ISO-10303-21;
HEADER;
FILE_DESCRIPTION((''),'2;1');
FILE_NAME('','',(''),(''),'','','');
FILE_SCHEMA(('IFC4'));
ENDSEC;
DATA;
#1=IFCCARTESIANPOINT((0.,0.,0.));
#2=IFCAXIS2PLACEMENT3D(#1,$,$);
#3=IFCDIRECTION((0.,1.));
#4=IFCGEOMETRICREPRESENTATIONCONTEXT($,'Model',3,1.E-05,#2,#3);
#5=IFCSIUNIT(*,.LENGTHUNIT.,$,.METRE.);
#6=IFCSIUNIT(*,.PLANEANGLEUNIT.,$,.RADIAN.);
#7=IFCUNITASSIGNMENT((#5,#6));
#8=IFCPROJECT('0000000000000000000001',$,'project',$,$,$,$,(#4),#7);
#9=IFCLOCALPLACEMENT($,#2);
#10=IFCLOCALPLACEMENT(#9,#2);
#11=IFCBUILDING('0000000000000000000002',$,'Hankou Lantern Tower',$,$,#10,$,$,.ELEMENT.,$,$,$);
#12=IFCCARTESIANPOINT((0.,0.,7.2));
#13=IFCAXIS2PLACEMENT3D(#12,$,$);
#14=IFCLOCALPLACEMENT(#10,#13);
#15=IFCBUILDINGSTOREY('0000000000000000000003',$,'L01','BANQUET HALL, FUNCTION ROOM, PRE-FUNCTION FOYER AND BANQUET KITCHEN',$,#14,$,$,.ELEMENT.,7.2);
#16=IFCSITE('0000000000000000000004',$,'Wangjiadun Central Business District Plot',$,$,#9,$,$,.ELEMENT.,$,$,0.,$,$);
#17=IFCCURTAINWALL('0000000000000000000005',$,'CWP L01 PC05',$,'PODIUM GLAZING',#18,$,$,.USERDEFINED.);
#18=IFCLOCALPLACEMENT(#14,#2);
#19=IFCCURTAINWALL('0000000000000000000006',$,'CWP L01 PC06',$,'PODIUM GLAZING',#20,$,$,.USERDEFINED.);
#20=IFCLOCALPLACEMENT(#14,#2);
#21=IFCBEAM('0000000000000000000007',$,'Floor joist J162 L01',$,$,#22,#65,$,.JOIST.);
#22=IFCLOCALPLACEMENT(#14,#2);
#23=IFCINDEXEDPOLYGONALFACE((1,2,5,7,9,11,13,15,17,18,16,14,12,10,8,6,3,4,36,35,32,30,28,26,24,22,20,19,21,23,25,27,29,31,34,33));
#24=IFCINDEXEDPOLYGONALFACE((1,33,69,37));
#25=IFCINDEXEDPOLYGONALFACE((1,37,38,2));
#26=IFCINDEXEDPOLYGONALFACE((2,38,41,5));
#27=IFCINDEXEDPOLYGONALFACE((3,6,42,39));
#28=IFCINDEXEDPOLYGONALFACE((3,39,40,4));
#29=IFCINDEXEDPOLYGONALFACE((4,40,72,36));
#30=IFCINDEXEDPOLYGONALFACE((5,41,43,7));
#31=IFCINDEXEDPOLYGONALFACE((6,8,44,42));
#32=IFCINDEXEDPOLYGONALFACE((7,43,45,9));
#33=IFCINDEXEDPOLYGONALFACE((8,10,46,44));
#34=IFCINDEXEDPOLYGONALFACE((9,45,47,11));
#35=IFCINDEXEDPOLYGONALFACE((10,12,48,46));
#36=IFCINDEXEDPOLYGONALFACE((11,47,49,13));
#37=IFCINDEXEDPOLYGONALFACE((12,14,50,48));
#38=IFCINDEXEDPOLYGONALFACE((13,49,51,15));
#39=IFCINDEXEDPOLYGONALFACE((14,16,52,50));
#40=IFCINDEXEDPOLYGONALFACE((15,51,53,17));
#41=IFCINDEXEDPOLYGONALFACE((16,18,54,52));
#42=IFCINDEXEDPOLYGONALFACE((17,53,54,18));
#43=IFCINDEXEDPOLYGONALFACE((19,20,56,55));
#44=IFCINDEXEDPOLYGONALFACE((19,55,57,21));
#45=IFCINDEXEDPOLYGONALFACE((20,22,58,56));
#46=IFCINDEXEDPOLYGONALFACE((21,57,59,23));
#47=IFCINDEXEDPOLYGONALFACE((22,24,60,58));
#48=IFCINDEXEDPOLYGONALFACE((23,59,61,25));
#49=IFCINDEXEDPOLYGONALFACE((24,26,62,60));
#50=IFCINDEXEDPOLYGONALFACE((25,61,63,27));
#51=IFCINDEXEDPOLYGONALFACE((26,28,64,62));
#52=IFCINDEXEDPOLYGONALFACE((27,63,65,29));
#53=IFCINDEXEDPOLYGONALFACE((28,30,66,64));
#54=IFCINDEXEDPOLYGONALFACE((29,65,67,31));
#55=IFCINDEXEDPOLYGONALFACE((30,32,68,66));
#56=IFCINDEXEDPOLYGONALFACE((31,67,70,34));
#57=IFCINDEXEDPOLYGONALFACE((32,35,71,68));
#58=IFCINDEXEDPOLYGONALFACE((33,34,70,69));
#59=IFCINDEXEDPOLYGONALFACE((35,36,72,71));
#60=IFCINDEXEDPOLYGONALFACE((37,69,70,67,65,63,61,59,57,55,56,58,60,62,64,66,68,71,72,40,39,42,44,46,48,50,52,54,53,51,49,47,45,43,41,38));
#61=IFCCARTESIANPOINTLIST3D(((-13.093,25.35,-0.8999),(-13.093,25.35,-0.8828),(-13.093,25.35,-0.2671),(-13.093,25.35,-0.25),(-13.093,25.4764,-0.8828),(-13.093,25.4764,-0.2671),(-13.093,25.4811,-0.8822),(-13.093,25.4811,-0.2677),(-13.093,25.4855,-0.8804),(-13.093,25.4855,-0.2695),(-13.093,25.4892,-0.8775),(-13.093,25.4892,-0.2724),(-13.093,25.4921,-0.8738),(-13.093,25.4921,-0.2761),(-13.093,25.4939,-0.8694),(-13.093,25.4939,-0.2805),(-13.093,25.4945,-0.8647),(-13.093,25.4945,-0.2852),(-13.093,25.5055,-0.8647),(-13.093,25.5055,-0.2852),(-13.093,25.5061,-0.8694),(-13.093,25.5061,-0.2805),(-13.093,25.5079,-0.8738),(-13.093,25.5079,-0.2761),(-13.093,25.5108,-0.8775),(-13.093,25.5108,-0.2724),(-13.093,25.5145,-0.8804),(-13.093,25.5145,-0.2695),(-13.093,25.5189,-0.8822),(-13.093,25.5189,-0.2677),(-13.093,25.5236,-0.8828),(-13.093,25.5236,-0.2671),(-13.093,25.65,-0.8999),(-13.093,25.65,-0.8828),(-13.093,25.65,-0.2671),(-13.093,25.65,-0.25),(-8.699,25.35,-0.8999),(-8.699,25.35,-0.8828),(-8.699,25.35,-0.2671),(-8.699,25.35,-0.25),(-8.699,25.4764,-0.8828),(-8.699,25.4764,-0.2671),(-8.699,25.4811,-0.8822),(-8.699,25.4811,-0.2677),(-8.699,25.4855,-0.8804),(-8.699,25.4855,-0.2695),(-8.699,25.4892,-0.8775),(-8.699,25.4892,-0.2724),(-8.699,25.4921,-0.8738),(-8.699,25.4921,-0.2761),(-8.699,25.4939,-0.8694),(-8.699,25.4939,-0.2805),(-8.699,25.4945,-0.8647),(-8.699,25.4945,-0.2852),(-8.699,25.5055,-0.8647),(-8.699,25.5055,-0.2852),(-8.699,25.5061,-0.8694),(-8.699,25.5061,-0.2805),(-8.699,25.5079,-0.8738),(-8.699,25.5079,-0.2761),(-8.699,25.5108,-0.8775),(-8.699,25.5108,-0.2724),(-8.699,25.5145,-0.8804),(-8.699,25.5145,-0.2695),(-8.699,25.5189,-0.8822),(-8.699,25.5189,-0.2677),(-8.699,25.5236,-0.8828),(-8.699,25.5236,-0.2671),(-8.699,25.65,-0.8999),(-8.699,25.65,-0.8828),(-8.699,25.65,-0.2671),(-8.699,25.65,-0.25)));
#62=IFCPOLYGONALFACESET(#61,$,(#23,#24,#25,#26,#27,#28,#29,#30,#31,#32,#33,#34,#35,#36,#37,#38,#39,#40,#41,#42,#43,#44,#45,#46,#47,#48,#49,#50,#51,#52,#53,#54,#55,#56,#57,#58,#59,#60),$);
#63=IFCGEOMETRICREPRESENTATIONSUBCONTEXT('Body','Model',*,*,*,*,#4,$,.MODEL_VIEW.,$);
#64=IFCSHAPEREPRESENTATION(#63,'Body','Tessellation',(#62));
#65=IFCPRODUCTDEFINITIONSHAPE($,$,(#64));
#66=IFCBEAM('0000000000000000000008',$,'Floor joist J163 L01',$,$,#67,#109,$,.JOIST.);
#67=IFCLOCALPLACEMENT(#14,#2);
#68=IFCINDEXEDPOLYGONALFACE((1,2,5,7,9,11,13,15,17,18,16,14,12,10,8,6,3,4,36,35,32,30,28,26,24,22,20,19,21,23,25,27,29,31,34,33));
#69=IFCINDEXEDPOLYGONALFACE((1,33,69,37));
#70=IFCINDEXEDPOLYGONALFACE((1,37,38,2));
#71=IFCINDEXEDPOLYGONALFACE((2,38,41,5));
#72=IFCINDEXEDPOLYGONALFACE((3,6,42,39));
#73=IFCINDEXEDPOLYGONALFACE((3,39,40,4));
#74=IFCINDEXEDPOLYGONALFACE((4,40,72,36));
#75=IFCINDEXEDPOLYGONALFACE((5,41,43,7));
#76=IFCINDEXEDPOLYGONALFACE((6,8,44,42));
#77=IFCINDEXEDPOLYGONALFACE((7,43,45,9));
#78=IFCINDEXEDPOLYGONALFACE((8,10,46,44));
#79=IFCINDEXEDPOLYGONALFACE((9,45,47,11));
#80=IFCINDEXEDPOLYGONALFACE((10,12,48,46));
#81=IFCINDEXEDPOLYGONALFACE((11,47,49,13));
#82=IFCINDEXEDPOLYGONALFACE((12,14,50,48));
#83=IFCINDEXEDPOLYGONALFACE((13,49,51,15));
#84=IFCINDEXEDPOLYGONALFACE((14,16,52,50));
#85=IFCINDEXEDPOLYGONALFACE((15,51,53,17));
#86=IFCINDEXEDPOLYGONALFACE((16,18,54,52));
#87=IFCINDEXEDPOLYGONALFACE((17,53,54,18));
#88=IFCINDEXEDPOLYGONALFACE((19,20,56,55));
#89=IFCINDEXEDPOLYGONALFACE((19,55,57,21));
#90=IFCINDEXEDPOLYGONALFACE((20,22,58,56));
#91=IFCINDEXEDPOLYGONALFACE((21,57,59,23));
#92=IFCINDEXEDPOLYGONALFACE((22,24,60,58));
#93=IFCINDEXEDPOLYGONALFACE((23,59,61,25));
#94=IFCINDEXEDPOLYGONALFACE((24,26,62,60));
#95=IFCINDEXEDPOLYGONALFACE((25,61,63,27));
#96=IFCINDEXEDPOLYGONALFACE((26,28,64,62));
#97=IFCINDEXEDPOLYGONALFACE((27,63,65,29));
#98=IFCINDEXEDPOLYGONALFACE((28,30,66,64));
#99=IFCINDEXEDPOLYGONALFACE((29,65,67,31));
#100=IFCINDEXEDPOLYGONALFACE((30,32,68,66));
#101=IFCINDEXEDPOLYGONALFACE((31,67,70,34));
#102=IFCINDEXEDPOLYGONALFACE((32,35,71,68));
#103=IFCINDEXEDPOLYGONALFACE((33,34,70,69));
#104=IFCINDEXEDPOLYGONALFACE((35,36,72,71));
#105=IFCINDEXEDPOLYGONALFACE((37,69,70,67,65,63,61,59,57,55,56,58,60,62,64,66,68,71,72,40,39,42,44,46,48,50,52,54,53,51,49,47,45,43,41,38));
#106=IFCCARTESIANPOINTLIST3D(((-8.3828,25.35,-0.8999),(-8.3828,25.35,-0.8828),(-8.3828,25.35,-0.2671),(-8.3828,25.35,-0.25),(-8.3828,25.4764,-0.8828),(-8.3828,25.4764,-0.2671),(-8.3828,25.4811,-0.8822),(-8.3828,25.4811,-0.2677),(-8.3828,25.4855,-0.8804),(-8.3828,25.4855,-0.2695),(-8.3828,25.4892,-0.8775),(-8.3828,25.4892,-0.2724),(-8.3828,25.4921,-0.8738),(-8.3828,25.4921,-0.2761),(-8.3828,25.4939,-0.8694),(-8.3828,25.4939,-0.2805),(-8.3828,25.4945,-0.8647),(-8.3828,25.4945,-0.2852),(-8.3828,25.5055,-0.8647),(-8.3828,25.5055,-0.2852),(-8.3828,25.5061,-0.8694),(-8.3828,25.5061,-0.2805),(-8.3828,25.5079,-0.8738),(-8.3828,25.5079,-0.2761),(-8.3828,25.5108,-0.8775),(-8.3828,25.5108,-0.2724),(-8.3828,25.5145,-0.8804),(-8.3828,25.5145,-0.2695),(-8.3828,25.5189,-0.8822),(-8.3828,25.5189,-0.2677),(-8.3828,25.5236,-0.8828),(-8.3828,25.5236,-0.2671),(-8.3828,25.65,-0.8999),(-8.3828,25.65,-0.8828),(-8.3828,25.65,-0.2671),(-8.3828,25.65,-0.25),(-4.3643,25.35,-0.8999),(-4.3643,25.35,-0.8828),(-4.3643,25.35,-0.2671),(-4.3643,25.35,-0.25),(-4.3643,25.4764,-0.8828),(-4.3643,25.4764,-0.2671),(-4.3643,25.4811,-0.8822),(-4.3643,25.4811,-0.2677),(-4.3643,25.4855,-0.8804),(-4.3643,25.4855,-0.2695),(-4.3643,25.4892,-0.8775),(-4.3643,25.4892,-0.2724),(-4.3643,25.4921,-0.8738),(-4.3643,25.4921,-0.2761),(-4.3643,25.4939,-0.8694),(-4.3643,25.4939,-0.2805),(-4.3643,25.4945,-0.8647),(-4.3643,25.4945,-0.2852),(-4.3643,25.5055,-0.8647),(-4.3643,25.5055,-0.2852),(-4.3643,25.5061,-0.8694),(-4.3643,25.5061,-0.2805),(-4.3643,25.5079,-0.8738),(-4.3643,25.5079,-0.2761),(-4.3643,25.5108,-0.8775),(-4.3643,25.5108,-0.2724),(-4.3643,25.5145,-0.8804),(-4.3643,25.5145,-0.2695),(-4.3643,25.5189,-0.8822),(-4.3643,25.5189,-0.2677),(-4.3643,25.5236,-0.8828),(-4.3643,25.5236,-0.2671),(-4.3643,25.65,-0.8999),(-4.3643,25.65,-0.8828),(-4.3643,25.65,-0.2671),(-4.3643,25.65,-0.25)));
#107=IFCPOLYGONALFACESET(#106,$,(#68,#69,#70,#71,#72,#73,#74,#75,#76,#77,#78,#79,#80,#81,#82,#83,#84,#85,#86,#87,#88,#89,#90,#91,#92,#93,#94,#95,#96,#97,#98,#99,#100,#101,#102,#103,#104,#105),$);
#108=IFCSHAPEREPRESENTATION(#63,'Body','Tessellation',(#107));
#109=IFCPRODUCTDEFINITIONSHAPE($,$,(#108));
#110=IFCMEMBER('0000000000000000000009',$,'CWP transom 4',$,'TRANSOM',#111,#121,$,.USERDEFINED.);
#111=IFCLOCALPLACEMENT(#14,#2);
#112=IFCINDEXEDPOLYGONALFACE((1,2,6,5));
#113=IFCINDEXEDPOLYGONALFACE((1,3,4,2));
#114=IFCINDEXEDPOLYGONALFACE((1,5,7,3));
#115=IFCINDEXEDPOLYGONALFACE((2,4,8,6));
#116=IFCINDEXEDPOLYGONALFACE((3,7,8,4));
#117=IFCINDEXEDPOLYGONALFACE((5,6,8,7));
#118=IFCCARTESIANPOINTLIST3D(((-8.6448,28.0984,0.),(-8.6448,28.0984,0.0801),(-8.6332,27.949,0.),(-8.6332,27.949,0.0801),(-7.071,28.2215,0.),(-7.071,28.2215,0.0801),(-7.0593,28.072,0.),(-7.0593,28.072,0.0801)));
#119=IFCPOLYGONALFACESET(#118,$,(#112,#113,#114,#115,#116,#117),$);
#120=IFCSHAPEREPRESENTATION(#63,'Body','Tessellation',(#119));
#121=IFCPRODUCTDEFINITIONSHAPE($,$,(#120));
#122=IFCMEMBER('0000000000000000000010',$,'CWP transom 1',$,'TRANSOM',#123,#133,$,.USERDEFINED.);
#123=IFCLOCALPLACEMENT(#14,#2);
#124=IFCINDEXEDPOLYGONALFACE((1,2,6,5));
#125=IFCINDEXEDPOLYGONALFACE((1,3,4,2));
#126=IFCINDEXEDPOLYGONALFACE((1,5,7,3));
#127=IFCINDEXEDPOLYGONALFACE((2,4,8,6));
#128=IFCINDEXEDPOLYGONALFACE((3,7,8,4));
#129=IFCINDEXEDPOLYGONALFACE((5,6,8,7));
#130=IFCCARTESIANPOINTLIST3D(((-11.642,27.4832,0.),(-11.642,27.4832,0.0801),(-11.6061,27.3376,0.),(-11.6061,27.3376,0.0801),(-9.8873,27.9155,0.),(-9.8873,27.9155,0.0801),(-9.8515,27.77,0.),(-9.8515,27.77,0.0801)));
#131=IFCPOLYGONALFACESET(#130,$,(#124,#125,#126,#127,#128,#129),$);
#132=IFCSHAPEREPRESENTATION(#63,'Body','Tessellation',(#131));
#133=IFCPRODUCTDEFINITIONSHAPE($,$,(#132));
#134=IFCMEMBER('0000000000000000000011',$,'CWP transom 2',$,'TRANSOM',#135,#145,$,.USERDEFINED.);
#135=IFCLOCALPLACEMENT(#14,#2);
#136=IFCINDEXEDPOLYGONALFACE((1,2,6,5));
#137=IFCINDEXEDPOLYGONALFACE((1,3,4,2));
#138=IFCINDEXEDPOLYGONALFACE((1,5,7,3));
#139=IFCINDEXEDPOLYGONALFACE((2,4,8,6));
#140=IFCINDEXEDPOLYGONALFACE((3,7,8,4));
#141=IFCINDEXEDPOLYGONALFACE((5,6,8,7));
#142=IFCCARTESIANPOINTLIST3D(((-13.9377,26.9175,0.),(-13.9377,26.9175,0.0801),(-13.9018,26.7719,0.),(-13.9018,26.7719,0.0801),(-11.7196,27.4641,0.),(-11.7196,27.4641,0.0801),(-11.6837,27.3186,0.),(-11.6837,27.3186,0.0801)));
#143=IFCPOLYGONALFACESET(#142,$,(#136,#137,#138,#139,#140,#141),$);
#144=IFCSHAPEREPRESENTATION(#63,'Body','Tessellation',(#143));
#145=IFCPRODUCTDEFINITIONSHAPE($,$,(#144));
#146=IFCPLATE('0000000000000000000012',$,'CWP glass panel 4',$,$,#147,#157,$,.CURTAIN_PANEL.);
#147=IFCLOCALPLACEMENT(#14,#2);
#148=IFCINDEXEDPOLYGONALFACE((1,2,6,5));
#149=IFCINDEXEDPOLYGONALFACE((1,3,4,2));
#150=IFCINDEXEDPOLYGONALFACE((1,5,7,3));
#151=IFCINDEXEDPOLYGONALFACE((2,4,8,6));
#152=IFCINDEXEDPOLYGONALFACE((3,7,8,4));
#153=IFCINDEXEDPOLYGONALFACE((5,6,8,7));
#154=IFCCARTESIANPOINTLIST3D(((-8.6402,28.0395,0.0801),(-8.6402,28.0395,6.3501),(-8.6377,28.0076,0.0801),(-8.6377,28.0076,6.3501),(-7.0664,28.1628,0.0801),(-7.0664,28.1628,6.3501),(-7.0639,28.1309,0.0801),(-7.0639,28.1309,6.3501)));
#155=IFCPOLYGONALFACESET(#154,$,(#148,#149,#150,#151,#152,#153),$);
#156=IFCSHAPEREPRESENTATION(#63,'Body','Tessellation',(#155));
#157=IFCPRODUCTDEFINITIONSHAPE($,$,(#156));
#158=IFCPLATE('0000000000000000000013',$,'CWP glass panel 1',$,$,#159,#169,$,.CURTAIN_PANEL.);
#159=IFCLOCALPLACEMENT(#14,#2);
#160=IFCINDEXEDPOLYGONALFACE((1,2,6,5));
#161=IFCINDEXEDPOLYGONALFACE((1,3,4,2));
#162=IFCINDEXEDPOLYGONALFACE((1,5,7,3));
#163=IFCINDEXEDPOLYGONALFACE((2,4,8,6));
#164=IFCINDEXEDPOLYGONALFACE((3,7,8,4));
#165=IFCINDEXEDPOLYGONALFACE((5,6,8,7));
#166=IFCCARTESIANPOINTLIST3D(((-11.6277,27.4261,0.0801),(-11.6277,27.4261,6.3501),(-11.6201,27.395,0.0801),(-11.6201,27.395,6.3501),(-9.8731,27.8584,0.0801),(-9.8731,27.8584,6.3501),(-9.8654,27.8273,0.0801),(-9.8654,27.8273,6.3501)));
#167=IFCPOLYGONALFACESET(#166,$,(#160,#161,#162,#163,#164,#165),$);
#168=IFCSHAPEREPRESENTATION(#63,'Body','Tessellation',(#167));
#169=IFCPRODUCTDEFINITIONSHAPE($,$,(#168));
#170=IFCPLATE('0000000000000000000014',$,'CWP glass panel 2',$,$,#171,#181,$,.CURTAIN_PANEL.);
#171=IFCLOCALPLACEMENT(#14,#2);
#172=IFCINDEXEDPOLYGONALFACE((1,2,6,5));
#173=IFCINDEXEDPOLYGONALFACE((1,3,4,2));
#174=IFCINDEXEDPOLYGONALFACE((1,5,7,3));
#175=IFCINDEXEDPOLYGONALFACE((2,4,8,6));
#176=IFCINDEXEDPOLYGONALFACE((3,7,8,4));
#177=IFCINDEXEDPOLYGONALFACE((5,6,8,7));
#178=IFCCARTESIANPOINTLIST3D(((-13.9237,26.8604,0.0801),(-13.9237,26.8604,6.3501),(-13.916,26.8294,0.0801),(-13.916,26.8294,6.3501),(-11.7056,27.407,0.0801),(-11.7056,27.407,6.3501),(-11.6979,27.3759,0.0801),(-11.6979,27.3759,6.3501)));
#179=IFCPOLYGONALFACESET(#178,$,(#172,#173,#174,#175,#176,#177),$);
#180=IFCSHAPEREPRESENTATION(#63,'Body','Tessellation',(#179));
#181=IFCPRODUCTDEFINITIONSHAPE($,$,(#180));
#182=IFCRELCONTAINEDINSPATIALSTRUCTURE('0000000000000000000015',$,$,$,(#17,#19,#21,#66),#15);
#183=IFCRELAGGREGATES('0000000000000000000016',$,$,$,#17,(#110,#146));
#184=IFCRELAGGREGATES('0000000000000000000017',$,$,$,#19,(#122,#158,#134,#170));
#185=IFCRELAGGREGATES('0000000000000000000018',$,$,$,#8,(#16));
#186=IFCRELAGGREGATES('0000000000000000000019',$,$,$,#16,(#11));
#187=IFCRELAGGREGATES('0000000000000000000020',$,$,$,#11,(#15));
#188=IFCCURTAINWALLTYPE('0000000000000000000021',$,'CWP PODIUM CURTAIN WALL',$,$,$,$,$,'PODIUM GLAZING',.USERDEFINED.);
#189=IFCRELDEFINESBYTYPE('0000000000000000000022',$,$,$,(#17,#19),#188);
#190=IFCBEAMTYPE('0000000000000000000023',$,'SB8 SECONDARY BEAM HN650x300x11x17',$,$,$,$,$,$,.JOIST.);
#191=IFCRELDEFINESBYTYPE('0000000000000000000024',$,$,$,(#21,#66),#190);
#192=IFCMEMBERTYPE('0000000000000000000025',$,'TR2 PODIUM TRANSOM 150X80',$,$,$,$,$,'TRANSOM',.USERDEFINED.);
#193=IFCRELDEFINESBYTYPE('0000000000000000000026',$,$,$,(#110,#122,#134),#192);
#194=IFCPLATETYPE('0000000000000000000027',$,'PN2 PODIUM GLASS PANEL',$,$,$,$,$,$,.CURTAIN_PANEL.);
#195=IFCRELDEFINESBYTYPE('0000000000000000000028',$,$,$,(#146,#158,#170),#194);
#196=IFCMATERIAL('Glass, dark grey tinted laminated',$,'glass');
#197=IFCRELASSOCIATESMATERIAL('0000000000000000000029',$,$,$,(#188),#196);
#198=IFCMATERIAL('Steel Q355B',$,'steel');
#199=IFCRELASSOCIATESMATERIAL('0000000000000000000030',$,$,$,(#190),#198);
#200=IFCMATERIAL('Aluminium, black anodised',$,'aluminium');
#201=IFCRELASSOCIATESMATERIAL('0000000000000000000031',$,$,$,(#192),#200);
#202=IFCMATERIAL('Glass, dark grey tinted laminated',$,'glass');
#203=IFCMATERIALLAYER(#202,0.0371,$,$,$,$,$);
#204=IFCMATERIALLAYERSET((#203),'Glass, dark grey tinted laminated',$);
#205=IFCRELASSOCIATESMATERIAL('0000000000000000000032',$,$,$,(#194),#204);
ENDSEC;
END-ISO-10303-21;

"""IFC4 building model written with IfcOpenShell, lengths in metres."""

from ifc_helpers import new_model, si_unit, direction, frame, origin, origin_2d, place, context, subcontext, project, spatial, rectangle, i_section, extrude, material, layer, layer_set, material_profile, profile_set, type_object, element, aggregate, save


model = new_model("IFC4")

# Units and contexts
model_context = context("Model", 3, precision=1e-05, world=origin(), true_north=direction((0.0, 1.0)))
body_context = subcontext(model_context, "Body", "Model", "MODEL_VIEW")
ifc_project = project(units=[si_unit("LENGTHUNIT", "METRE"), si_unit("PLANEANGLEUNIT", "RADIAN")], contexts=[model_context])

# Site, building, storey
site_placement = place(None, origin())
site = spatial("IfcSite", under=ifc_project, at=site_placement, Name="Wangjiadun Central Business District Plot", CompositionType="ELEMENT", RefElevation=0.0)
building_placement = place(site_placement, origin())
building = spatial("IfcBuilding", under=site, at=building_placement, Name="Hankou Lantern Tower", CompositionType="ELEMENT")
storey_placement = place(building_placement, frame((0.0, 0.0, 7.2)))
storey = spatial("IfcBuildingStorey", under=building, at=storey_placement, Name="L01", Description="BANQUET HALL, FUNCTION ROOM, PRE-FUNCTION FOYER AND BANQUET KITCHEN", CompositionType="ELEMENT", Elevation=7.2)

# Curtain walls
ifc_material_1 = material(Name="Glass, dark grey tinted laminated", Category="glass")
curtain_wall_type = type_object("IfcCurtainWallType", Name="CWP PODIUM CURTAIN WALL", ElementType="PODIUM GLAZING", PredefinedType="USERDEFINED", material=ifc_material_1)
curtain_wall_1_placement = place(storey_placement, origin())
curtain_wall_1 = element("IfcCurtainWall", 1, at=curtain_wall_1_placement, inside=storey, type_object=curtain_wall_type, Name="CWP L01 PC05", ObjectType="PODIUM GLAZING", PredefinedType="USERDEFINED")
curtain_wall_2_placement = place(storey_placement, origin())
curtain_wall_2 = element("IfcCurtainWall", 2, at=curtain_wall_2_placement, inside=storey, type_object=curtain_wall_type, Name="CWP L01 PC06", ObjectType="PODIUM GLAZING", PredefinedType="USERDEFINED")

# Beams
ifc_material_2 = material(Name="Steel Q355B", Category="steel")
ifc_material_profile_1 = material_profile(ifc_material_2, i_section(OverallWidth=0.3, OverallDepth=0.6499, WebThickness=0.011, FlangeThickness=0.0171, FilletRadius=0.0181, at=origin_2d()), Name="HN650x300x11x17")
ifc_profile_set_1 = profile_set([ifc_material_profile_1], Name="Steel Q355B")
beam_type_1 = type_object("IfcBeamType", Name="SB8 SECONDARY BEAM HN650x300x11x17", PredefinedType="JOIST", material=ifc_profile_set_1)
beam_1_placement = place(storey_placement, frame((-13.093, 25.5, -0.575), z_axis=(1.0, 0.0, 0.0), x_axis=(0.0, 1.0, 0.0)))
element("IfcBeam", 3, at=beam_1_placement, inside=storey, type_object=beam_type_1, Name="Floor joist J162 L01", PredefinedType="JOIST", context=body_context, shape_type="SweptSolid", body=[
    extrude(i_section(OverallWidth=0.3, OverallDepth=0.6499, WebThickness=0.011, FlangeThickness=0.0171, FilletRadius=0.0181, at=origin_2d()), origin(), (0.0, 0.0, 1.0), 4.394),
])
beam_2_placement = place(storey_placement, frame((-8.3828, 25.5, -0.575), z_axis=(1.0, 0.0, 0.0), x_axis=(0.0, 1.0, 0.0)))
element("IfcBeam", 4, at=beam_2_placement, inside=storey, type_object=beam_type_1, Name="Floor joist J163 L01", PredefinedType="JOIST", context=body_context, shape_type="SweptSolid", body=[
    extrude(i_section(OverallWidth=0.3, OverallDepth=0.6499, WebThickness=0.011, FlangeThickness=0.0171, FilletRadius=0.0181, at=origin_2d()), origin(), (0.0, 0.0, 1.0), 4.0186),
])

# Members
ifc_material_3 = material(Name="Aluminium, black anodised", Category="aluminium")
ifc_material_profile_2 = material_profile(ifc_material_3, rectangle(XDim=0.1499, YDim=0.0801, at=origin_2d()), Name="TR2 150X80")
ifc_profile_set_2 = profile_set([ifc_material_profile_2], Name="Aluminium, black anodised")
member_type_1 = type_object("IfcMemberType", Name="TR2 PODIUM TRANSOM 150X80", ElementType="TRANSOM", PredefinedType="USERDEFINED", material=ifc_profile_set_2)
member_1_placement = place(storey_placement, frame((-7.0652, 28.1467, 0.04), z_axis=(-0.996957, -0.07795, 0.0), x_axis=(0.07795, -0.996957, 0.0)))
member_1 = element("IfcMember", 5, at=member_1_placement, type_object=member_type_1, Name="CWP transom 4", ObjectType="TRANSOM", PredefinedType="USERDEFINED", context=body_context, shape_type="SweptSolid", body=[
    extrude(rectangle(XDim=0.1499, YDim=0.0801, at=origin_2d()), origin(), (0.0, 0.0, 1.0), 1.5786),
])
member_2_placement = place(storey_placement, frame((-9.8694, 27.8428, 0.04), z_axis=(-0.970956, -0.23926, 0.0), x_axis=(0.23926, -0.970956, 0.0)))
member_2 = element("IfcMember", 6, at=member_2_placement, type_object=member_type_1, Name="CWP transom 1", ObjectType="TRANSOM", PredefinedType="USERDEFINED", context=body_context, shape_type="SweptSolid", body=[
    extrude(rectangle(XDim=0.1499, YDim=0.0801, at=origin_2d()), origin(), (0.0, 0.0, 1.0), 1.8071),
])
member_3_placement = place(storey_placement, frame((-11.7017, 27.3914, 0.04), z_axis=(-0.970948, -0.23929, 0.0), x_axis=(0.23929, -0.970948, 0.0)))
member_3 = element("IfcMember", 7, at=member_3_placement, type_object=member_type_1, Name="CWP transom 2", ObjectType="TRANSOM", PredefinedType="USERDEFINED", context=body_context, shape_type="SweptSolid", body=[
    extrude(rectangle(XDim=0.1499, YDim=0.0801, at=origin_2d()), origin(), (0.0, 0.0, 1.0), 2.2844),
])

# Plates
ifc_material_4 = material(Name="Glass, dark grey tinted laminated", Category="glass")
ifc_layer = layer(ifc_material_4, 0.0371)
ifc_layer_set = layer_set([ifc_layer], Name="Glass, dark grey tinted laminated")
plate_type = type_object("IfcPlateType", Name="PN2 PODIUM GLASS PANEL", PredefinedType="CURTAIN_PANEL", material=ifc_layer_set)
plate_1_placement = place(storey_placement, frame((-7.8521, 28.0852, 0.0801), z_axis=(0.0, 0.0, 1.0), x_axis=(-0.996949, -0.078062, 0.0)))
plate_1 = element("IfcPlate", 8, at=plate_1_placement, type_object=plate_type, Name="CWP glass panel 4", PredefinedType="CURTAIN_PANEL", context=body_context, shape_type="SweptSolid", body=[
    extrude(rectangle(XDim=1.5786, YDim=0.032, at=origin_2d()), origin(), (0.0, 0.0, 1.0), 6.27),
])
aggregate(curtain_wall_1, [member_1, plate_1])
plate_2_placement = place(storey_placement, frame((-10.7466, 27.6267, 0.0801), z_axis=(0.0, 0.0, 1.0), x_axis=(-0.970961, -0.239238, 0.0)))
plate_2 = element("IfcPlate", 9, at=plate_2_placement, type_object=plate_type, Name="CWP glass panel 1", PredefinedType="CURTAIN_PANEL", context=body_context, shape_type="SweptSolid", body=[
    extrude(rectangle(XDim=1.8071, YDim=0.032, at=origin_2d()), origin(), (0.0, 0.0, 1.0), 6.27),
])
plate_3_placement = place(storey_placement, frame((-12.8108, 27.1182, 0.0801), z_axis=(0.0, 0.0, 1.0), x_axis=(-0.970961, -0.239238, 0.0)))
plate_3 = element("IfcPlate", 10, at=plate_3_placement, type_object=plate_type, Name="CWP glass panel 2", PredefinedType="CURTAIN_PANEL", context=body_context, shape_type="SweptSolid", body=[
    extrude(rectangle(XDim=2.2844, YDim=0.032, at=origin_2d()), origin(), (0.0, 0.0, 1.0), 6.27),
])
aggregate(curtain_wall_2, [member_2, plate_2, member_3, plate_3])

save(model, "model.ifc")
